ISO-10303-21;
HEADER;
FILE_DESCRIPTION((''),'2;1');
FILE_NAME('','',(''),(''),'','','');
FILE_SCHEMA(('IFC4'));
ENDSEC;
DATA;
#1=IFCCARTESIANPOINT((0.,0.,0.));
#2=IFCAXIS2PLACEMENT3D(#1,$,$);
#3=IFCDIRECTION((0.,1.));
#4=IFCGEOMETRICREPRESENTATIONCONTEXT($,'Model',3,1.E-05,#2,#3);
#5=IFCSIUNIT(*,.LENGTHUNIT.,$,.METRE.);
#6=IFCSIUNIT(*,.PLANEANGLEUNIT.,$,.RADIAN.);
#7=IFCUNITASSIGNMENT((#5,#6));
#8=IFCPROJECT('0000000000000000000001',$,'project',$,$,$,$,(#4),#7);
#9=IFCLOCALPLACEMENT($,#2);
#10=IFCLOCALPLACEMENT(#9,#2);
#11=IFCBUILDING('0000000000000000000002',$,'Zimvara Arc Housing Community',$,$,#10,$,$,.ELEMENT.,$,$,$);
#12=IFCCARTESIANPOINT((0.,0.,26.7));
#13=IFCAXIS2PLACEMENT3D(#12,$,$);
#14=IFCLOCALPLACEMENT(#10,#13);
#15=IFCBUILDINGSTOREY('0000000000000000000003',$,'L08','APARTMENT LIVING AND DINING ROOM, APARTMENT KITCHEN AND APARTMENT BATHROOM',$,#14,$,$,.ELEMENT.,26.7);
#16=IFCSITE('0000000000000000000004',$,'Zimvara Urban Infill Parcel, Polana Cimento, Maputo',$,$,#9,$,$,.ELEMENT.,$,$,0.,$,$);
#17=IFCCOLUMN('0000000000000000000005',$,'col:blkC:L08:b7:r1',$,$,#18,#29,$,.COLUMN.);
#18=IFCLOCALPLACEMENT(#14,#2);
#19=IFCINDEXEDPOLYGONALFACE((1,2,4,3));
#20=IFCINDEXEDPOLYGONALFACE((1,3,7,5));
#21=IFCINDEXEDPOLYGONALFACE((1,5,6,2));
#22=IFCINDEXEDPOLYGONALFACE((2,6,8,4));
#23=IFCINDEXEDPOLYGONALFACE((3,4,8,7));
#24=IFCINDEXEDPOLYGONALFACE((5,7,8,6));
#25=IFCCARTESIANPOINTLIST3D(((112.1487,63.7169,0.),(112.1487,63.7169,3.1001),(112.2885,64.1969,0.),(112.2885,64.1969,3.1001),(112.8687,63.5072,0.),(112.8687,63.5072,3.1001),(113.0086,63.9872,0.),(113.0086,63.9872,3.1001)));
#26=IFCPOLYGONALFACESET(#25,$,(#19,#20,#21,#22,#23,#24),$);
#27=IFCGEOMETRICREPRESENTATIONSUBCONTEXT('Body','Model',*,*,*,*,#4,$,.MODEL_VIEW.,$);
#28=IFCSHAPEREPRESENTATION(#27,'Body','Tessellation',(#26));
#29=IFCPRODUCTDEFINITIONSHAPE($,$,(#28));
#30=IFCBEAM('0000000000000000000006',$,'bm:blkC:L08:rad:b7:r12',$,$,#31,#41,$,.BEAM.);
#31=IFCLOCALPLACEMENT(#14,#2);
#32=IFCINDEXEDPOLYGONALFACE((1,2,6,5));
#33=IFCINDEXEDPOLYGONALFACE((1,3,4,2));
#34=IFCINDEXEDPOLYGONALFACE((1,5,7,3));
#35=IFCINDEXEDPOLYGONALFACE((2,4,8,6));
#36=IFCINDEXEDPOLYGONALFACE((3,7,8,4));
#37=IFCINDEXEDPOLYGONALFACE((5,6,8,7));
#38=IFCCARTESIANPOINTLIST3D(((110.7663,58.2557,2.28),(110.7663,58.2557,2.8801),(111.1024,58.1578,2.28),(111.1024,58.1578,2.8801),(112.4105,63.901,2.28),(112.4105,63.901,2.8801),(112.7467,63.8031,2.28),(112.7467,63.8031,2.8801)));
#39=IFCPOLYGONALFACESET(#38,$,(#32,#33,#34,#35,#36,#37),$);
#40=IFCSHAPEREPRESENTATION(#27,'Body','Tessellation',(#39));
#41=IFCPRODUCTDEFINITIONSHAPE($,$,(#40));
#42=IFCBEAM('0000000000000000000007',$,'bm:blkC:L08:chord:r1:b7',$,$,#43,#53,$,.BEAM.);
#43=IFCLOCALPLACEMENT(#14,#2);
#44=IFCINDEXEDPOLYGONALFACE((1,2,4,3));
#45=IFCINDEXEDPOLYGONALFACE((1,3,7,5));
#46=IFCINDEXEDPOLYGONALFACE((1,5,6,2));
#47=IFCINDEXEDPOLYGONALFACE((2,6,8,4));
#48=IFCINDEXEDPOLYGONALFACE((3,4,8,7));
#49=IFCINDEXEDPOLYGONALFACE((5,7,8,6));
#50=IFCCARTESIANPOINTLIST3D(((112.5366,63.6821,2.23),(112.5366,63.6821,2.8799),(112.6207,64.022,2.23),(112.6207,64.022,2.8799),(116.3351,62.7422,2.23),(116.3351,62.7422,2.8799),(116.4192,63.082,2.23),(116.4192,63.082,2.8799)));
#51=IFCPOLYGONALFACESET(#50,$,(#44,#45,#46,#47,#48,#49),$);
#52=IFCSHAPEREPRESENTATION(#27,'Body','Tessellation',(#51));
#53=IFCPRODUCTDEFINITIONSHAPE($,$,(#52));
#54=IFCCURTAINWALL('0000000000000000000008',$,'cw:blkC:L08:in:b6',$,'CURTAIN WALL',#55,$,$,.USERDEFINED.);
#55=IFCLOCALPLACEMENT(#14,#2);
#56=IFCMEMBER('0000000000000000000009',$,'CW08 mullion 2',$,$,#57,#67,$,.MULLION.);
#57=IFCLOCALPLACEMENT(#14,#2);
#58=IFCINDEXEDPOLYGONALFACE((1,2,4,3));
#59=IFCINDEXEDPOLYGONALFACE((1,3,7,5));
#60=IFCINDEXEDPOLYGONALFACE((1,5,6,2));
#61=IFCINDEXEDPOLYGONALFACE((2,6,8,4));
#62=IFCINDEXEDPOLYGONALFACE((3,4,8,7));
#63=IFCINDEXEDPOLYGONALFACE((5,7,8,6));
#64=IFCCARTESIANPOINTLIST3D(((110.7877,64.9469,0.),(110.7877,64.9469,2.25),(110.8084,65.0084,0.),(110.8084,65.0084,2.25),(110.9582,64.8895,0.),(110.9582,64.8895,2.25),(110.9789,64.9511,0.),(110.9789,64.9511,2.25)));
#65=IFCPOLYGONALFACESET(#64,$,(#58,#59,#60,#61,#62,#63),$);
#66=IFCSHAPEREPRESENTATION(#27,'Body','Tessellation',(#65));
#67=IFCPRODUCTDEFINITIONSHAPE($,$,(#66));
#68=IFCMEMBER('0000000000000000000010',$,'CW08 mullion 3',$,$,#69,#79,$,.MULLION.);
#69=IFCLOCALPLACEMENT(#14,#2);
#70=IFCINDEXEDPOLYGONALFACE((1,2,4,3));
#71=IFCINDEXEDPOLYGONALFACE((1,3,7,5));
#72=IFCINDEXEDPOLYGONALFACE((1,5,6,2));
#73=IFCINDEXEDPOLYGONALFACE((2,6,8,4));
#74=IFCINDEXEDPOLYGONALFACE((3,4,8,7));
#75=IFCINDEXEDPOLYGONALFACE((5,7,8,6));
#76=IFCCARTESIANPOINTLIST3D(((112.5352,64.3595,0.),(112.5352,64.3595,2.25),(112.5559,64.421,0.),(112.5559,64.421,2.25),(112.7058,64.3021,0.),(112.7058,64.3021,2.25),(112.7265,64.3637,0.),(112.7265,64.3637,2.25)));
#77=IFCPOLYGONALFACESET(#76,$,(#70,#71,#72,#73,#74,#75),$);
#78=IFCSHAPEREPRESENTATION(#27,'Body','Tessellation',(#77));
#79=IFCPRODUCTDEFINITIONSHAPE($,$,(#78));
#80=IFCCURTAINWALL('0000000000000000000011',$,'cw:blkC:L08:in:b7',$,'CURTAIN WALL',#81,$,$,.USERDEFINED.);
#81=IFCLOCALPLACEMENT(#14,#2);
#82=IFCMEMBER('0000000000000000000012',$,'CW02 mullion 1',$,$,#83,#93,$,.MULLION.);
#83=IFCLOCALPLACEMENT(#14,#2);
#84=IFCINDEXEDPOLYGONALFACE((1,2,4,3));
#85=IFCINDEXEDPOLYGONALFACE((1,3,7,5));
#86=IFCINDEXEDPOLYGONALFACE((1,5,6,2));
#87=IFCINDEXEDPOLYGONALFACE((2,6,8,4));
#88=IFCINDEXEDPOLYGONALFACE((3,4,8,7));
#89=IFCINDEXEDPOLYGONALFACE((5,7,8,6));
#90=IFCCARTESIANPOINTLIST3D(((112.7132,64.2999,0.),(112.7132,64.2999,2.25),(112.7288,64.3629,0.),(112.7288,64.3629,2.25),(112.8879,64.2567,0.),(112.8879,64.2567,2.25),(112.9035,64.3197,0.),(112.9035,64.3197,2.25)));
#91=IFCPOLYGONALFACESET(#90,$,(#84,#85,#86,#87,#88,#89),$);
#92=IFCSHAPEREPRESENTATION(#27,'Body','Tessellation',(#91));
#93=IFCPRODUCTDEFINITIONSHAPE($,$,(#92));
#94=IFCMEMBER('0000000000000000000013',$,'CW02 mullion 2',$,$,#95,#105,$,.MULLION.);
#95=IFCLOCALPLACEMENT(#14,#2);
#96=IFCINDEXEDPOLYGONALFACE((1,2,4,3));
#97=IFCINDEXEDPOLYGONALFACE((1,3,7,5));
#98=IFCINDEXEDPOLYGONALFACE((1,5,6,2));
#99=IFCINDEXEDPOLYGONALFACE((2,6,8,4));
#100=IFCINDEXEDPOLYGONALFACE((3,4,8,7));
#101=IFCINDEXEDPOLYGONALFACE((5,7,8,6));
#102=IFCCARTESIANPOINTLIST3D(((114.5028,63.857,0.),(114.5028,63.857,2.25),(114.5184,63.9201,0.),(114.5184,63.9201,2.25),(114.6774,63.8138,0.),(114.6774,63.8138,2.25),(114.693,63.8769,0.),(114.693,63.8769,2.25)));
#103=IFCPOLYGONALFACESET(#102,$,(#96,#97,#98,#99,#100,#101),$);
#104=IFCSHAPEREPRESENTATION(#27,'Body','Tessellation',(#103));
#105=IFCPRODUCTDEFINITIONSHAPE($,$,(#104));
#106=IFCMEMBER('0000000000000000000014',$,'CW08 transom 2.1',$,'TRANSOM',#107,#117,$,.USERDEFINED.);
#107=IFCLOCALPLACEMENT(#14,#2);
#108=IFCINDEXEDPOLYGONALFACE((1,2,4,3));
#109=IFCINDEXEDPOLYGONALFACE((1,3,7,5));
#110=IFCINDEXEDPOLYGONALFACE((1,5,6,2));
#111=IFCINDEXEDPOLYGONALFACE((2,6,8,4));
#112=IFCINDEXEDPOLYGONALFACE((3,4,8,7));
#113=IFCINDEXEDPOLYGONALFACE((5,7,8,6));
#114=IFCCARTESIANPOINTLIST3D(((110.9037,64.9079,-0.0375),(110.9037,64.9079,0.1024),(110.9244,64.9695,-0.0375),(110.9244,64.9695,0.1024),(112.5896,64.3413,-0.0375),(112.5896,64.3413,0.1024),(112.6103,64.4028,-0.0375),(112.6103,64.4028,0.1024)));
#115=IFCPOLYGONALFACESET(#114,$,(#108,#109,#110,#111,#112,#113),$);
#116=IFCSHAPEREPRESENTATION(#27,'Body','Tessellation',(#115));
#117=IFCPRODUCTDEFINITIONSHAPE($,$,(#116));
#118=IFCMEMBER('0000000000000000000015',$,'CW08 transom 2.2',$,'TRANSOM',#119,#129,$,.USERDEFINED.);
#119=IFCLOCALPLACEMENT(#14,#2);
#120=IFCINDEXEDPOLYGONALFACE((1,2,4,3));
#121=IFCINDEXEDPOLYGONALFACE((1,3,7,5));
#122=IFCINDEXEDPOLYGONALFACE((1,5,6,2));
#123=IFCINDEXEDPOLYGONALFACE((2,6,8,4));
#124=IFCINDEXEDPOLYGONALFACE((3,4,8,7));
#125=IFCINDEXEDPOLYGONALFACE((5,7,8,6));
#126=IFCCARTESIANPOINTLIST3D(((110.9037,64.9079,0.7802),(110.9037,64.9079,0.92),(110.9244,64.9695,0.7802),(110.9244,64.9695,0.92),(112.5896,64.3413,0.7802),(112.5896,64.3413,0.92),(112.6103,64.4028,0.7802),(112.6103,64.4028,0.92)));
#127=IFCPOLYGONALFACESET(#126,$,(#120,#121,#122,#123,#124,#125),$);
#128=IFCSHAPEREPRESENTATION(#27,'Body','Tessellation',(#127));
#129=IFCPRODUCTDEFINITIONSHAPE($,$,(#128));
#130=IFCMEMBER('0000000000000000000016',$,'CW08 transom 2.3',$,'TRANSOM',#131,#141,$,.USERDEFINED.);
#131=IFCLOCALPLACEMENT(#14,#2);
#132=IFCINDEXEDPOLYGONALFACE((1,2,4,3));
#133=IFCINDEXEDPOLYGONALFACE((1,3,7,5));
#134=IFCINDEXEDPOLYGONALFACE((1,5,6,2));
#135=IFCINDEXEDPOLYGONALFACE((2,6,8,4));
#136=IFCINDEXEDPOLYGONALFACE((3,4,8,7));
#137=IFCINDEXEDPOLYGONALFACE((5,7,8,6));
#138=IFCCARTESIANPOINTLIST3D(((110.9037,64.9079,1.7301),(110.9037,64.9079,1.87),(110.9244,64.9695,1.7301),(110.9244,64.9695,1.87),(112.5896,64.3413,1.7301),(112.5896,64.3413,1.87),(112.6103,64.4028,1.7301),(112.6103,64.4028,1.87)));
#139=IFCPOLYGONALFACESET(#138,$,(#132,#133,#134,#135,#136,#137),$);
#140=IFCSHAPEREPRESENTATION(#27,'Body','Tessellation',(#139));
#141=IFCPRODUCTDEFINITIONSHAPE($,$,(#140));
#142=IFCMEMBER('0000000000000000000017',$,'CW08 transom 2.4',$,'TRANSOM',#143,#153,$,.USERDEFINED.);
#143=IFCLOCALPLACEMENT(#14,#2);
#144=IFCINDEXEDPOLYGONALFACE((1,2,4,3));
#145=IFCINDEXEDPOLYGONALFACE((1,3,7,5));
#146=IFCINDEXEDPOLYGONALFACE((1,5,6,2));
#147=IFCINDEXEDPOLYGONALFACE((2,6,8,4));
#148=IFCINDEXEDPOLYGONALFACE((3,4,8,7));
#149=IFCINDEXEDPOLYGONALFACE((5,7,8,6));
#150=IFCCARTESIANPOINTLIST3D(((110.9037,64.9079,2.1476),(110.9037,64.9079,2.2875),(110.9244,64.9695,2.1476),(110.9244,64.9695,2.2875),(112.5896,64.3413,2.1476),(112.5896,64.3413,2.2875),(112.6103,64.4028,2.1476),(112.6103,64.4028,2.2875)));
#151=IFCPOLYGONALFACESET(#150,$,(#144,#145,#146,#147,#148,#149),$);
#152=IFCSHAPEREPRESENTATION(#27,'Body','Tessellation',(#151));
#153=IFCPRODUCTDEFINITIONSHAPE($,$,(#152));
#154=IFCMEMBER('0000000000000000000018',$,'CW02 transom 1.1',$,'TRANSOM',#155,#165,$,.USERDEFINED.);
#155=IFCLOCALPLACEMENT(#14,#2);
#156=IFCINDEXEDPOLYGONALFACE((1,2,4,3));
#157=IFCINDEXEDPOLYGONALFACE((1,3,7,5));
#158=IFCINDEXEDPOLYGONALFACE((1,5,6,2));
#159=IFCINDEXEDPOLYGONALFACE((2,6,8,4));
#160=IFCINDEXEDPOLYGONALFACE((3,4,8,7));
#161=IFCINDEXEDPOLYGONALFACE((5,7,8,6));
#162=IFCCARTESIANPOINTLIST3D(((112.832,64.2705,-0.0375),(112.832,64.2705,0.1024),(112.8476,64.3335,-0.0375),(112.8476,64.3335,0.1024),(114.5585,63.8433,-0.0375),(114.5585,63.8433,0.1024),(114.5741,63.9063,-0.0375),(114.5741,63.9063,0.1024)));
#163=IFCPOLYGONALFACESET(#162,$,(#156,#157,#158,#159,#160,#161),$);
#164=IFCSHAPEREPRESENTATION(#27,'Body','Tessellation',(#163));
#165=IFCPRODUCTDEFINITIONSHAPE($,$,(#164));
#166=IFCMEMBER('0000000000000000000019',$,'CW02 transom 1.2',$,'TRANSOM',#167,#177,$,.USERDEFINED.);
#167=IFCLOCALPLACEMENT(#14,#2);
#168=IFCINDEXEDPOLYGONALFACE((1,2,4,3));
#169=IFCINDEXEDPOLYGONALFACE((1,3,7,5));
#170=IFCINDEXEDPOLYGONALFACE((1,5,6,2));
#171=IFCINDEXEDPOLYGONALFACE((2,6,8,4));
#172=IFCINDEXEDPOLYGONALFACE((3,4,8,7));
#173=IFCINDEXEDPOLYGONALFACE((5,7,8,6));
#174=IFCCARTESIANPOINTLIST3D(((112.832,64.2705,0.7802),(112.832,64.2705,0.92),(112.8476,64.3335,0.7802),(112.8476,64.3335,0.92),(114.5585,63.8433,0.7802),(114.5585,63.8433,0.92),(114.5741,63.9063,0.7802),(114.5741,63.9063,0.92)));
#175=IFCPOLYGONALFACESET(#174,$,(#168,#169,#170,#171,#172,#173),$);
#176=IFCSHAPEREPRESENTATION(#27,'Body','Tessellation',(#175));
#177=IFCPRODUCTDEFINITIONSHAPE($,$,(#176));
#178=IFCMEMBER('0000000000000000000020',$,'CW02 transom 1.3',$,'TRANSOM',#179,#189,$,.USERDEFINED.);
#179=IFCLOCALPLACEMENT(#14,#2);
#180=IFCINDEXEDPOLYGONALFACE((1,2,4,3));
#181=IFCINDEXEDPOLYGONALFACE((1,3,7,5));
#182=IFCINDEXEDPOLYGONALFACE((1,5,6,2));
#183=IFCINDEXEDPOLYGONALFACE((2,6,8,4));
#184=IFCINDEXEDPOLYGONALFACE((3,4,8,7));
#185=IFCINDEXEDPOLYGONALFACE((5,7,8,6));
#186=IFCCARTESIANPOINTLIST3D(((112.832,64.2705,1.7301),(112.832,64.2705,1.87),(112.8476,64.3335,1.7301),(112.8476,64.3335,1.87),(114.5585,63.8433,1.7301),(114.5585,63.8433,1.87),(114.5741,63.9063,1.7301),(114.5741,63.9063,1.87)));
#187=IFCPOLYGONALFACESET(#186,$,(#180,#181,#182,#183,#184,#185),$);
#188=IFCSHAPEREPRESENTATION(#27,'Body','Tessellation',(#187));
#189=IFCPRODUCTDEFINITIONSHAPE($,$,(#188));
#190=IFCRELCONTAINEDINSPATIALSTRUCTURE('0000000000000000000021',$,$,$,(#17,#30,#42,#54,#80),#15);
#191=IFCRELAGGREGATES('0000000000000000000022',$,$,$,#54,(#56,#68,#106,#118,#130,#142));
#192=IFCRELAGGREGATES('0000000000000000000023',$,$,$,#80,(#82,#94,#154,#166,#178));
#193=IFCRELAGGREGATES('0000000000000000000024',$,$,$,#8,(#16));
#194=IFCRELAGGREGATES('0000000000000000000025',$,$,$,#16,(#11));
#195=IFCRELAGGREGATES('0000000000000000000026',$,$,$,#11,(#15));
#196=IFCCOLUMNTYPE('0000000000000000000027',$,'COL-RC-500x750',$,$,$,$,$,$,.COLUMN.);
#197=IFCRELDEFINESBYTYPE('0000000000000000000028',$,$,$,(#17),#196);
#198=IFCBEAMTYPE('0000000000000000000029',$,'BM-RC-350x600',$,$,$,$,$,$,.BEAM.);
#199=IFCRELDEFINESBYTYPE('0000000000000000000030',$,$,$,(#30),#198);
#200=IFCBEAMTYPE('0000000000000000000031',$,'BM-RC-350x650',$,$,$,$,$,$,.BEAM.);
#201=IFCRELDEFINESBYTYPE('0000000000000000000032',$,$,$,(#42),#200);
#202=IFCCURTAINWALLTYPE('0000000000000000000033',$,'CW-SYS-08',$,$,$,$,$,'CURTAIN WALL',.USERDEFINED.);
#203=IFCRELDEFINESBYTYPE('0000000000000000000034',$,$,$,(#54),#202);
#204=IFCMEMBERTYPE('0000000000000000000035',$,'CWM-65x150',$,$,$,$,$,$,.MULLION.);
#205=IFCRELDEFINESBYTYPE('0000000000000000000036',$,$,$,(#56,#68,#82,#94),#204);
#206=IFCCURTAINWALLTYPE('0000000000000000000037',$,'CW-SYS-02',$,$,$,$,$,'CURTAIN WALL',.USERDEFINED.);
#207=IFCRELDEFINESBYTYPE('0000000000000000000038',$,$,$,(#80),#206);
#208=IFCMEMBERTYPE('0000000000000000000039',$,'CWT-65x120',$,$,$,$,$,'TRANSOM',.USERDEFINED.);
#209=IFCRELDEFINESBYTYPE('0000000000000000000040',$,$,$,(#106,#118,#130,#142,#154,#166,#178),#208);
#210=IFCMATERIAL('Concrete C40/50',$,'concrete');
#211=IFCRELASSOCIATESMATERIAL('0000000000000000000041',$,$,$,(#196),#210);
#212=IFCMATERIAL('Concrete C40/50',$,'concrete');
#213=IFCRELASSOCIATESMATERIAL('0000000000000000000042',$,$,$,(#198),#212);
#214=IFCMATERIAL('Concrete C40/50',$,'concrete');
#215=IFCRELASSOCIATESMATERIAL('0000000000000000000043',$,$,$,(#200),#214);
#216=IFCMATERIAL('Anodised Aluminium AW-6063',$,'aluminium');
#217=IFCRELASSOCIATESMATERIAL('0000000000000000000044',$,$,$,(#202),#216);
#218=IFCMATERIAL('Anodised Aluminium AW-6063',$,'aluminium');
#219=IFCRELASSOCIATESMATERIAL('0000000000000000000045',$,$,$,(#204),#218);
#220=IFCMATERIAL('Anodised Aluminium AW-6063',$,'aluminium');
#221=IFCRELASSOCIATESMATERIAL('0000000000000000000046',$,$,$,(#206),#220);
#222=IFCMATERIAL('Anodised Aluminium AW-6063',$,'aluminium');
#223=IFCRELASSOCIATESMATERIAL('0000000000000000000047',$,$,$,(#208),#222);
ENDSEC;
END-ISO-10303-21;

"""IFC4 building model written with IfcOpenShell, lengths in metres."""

from ifc_helpers import new_model, si_unit, direction, frame, origin, origin_2d, place, context, subcontext, project, spatial, rectangle, extrude, material, material_profile, profile_set, type_object, element, aggregate, save


model = new_model("IFC4")

# Units and contexts
model_context = context("Model", 3, precision=1e-05, world=origin(), true_north=direction((0.0, 1.0)))
body_context = subcontext(model_context, "Body", "Model", "MODEL_VIEW")
ifc_project = project(units=[si_unit("LENGTHUNIT", "METRE"), si_unit("PLANEANGLEUNIT", "RADIAN")], contexts=[model_context])

# Site, building, storey
site_placement = place(None, origin())
site = spatial("IfcSite", under=ifc_project, at=site_placement, Name="Zimvara Urban Infill Parcel, Polana Cimento, Maputo", CompositionType="ELEMENT", RefElevation=0.0)
building_placement = place(site_placement, origin())
building = spatial("IfcBuilding", under=site, at=building_placement, Name="Zimvara Arc Housing Community", CompositionType="ELEMENT")
storey_placement = place(building_placement, frame((0.0, 0.0, 26.7)))
storey = spatial("IfcBuildingStorey", under=building, at=storey_placement, Name="L08", Description="APARTMENT LIVING AND DINING ROOM, APARTMENT KITCHEN AND APARTMENT BATHROOM", CompositionType="ELEMENT", Elevation=26.7)

# Column
ifc_material_1 = material(Name="Concrete C40/50", Category="concrete")
ifc_material_profile_1 = material_profile(ifc_material_1, rectangle(XDim=0.5, YDim=0.75, at=origin_2d()), Name="RC 500x750")
ifc_profile_set_1 = profile_set([ifc_material_profile_1], Name="Concrete C40/50")
column_type = type_object("IfcColumnType", Name="COL-RC-500x750", PredefinedType="COLUMN", material=ifc_profile_set_1)
column_placement = place(storey_placement, frame((112.5786, 63.8521, 0.0), z_axis=(0.0, 0.0, 1.0), x_axis=(-0.279661, -0.960099, 0.0)))
element("IfcColumn", 1, at=column_placement, inside=storey, type_object=column_type, Name="col:blkC:L08:b7:r1", PredefinedType="COLUMN", context=body_context, shape_type="SweptSolid", body=[
    extrude(rectangle(XDim=0.5, YDim=0.75, at=origin_2d()), origin(), (0.0, 0.0, 1.0), 3.1001),
])

# Beams
ifc_material_2 = material(Name="Concrete C40/50", Category="concrete")
ifc_material_profile_2 = material_profile(ifc_material_2, rectangle(XDim=0.3501, YDim=0.6001, at=origin_2d()), Name="RC 350x600")
ifc_profile_set_2 = profile_set([ifc_material_profile_2], Name="Concrete C40/50")
beam_type_1 = type_object("IfcBeamType", Name="BM-RC-350x600", PredefinedType="BEAM", material=ifc_profile_set_2)
beam_1_placement = place(storey_placement, frame((112.5786, 63.8521, 2.5801), z_axis=(-0.279648, -0.960103, 0.0), x_axis=(0.960103, -0.279648, 0.0)))
element("IfcBeam", 2, at=beam_1_placement, inside=storey, type_object=beam_type_1, Name="bm:blkC:L08:rad:b7:r12", PredefinedType="BEAM", context=body_context, shape_type="SweptSolid", body=[
    extrude(rectangle(XDim=0.3501, YDim=0.6001, at=origin_2d()), origin(), (0.0, 0.0, 1.0), 5.8799),
])
ifc_material_3 = material(Name="Concrete C40/50", Category="concrete")
ifc_material_profile_3 = material_profile(ifc_material_3, rectangle(XDim=0.3501, YDim=0.6499, at=origin_2d()), Name="RC 350x650")
ifc_profile_set_3 = profile_set([ifc_material_profile_3], Name="Concrete C40/50")
beam_type_2 = type_object("IfcBeamType", Name="BM-RC-350x650", PredefinedType="BEAM", material=ifc_profile_set_3)
beam_2_placement = place(storey_placement, frame((112.5786, 63.8521, 2.5549), z_axis=(0.970723, -0.240201, 0.0), x_axis=(0.240201, 0.970723, 0.0)))
element("IfcBeam", 3, at=beam_2_placement, inside=storey, type_object=beam_type_2, Name="bm:blkC:L08:chord:r1:b7", PredefinedType="BEAM", context=body_context, shape_type="SweptSolid", body=[
    extrude(rectangle(XDim=0.3501, YDim=0.6499, at=origin_2d()), origin(), (0.0, 0.0, 1.0), 3.9131),
])

# Curtain walls, members
ifc_material_4 = material(Name="Anodised Aluminium AW-6063", Category="aluminium")
curtain_wall_type_1 = type_object("IfcCurtainWallType", Name="CW-SYS-08", ElementType="CURTAIN WALL", PredefinedType="USERDEFINED", material=ifc_material_4)
curtain_wall_1_placement = place(storey_placement, origin())
curtain_wall_1 = element("IfcCurtainWall", 4, at=curtain_wall_1_placement, inside=storey, type_object=curtain_wall_type_1, Name="cw:blkC:L08:in:b6", ObjectType="CURTAIN WALL", PredefinedType="USERDEFINED")
ifc_material_5 = material(Name="Anodised Aluminium AW-6063", Category="aluminium")
ifc_material_profile_4 = material_profile(ifc_material_5, rectangle(XDim=0.0649, YDim=0.1799, at=origin_2d()), Name="ALU 65x180")
ifc_profile_set_4 = profile_set([ifc_material_profile_4], Name="Anodised Aluminium AW-6063")
member_type_1 = type_object("IfcMemberType", Name="CWM-65x150", PredefinedType="MULLION", material=ifc_profile_set_4)
member_1_placement = place(storey_placement, frame((110.8833, 64.949, 0.0), z_axis=(0.0, 0.0, 1.0), x_axis=(0.318627, 0.94788, 0.0)))
member_1 = element("IfcMember", 5, at=member_1_placement, type_object=member_type_1, Name="CW08 mullion 2", PredefinedType="MULLION", context=body_context, shape_type="SweptSolid", body=[
    extrude(rectangle(XDim=0.0649, YDim=0.1799, at=origin_2d()), origin(), (0.0, 0.0, 1.0), 2.25),
])
member_2_placement = place(storey_placement, frame((112.6309, 64.3616, 0.0), z_axis=(0.0, 0.0, 1.0), x_axis=(0.318627, 0.94788, 0.0)))
member_2 = element("IfcMember", 6, at=member_2_placement, type_object=member_type_1, Name="CW08 mullion 3", PredefinedType="MULLION", context=body_context, shape_type="SweptSolid", body=[
    extrude(rectangle(XDim=0.0649, YDim=0.1799, at=origin_2d()), origin(), (0.0, 0.0, 1.0), 2.25),
])
ifc_material_6 = material(Name="Anodised Aluminium AW-6063", Category="aluminium")
curtain_wall_type_2 = type_object("IfcCurtainWallType", Name="CW-SYS-02", ElementType="CURTAIN WALL", PredefinedType="USERDEFINED", material=ifc_material_6)
curtain_wall_2_placement = place(storey_placement, origin())
curtain_wall_2 = element("IfcCurtainWall", 7, at=curtain_wall_2_placement, inside=storey, type_object=curtain_wall_type_2, Name="cw:blkC:L08:in:b7", ObjectType="CURTAIN WALL", PredefinedType="USERDEFINED")
member_3_placement = place(storey_placement, frame((112.8083, 64.3098, 0.0), z_axis=(0.0, 0.0, 1.0), x_axis=(0.240229, 0.970716, 0.0)))
member_3 = element("IfcMember", 8, at=member_3_placement, type_object=member_type_1, Name="CW02 mullion 1", PredefinedType="MULLION", context=body_context, shape_type="SweptSolid", body=[
    extrude(rectangle(XDim=0.0649, YDim=0.1799, at=origin_2d()), origin(), (0.0, 0.0, 1.0), 2.25),
])
member_4_placement = place(storey_placement, frame((114.5979, 63.8669, 0.0), z_axis=(0.0, 0.0, 1.0), x_axis=(0.240229, 0.970716, 0.0)))
member_4 = element("IfcMember", 9, at=member_4_placement, type_object=member_type_1, Name="CW02 mullion 2", PredefinedType="MULLION", context=body_context, shape_type="SweptSolid", body=[
    extrude(rectangle(XDim=0.0649, YDim=0.1799, at=origin_2d()), origin(), (0.0, 0.0, 1.0), 2.25),
])

# Members
ifc_material_7 = material(Name="Anodised Aluminium AW-6063", Category="aluminium")
ifc_material_profile_5 = material_profile(ifc_material_7, rectangle(XDim=0.0649, YDim=0.1399, at=origin_2d()), Name="ALU 65x140")
ifc_profile_set_5 = profile_set([ifc_material_profile_5], Name="Anodised Aluminium AW-6063")
member_type_2 = type_object("IfcMemberType", Name="CWT-65x120", ElementType="TRANSOM", PredefinedType="USERDEFINED", material=ifc_profile_set_5)
member_5_placement = place(storey_placement, frame((110.9141, 64.9387, 0.0325), z_axis=(0.947884, -0.318615, 0.0), x_axis=(0.318615, 0.947884, 0.0)))
member_5 = element("IfcMember", 10, at=member_5_placement, type_object=member_type_2, Name="CW08 transom 2.1", ObjectType="TRANSOM", PredefinedType="USERDEFINED", context=body_context, shape_type="SweptSolid", body=[
    extrude(rectangle(XDim=0.0649, YDim=0.1399, at=origin_2d()), origin(), (0.0, 0.0, 1.0), 1.7786),
])
member_6_placement = place(storey_placement, frame((110.9141, 64.9387, 0.8501), z_axis=(0.947884, -0.318615, 0.0), x_axis=(0.318615, 0.947884, 0.0)))
member_6 = element("IfcMember", 11, at=member_6_placement, type_object=member_type_2, Name="CW08 transom 2.2", ObjectType="TRANSOM", PredefinedType="USERDEFINED", context=body_context, shape_type="SweptSolid", body=[
    extrude(rectangle(XDim=0.0649, YDim=0.1399, at=origin_2d()), origin(), (0.0, 0.0, 1.0), 1.7786),
])
member_7_placement = place(storey_placement, frame((110.9141, 64.9387, 1.8), z_axis=(0.947884, -0.318615, 0.0), x_axis=(0.318615, 0.947884, 0.0)))
member_7 = element("IfcMember", 12, at=member_7_placement, type_object=member_type_2, Name="CW08 transom 2.3", ObjectType="TRANSOM", PredefinedType="USERDEFINED", context=body_context, shape_type="SweptSolid", body=[
    extrude(rectangle(XDim=0.0649, YDim=0.1399, at=origin_2d()), origin(), (0.0, 0.0, 1.0), 1.7786),
])
member_8_placement = place(storey_placement, frame((110.9141, 64.9387, 2.2175), z_axis=(0.947884, -0.318615, 0.0), x_axis=(0.318615, 0.947884, 0.0)))
member_8 = element("IfcMember", 13, at=member_8_placement, type_object=member_type_2, Name="CW08 transom 2.4", ObjectType="TRANSOM", PredefinedType="USERDEFINED", context=body_context, shape_type="SweptSolid", body=[
    extrude(rectangle(XDim=0.0649, YDim=0.1399, at=origin_2d()), origin(), (0.0, 0.0, 1.0), 1.7786),
])
member_9_placement = place(storey_placement, frame((112.8398, 64.302, 0.0325), z_axis=(0.970721, -0.24021, 0.0), x_axis=(0.24021, 0.970721, 0.0)))
member_9 = element("IfcMember", 14, at=member_9_placement, type_object=member_type_2, Name="CW02 transom 1.1", ObjectType="TRANSOM", PredefinedType="USERDEFINED", context=body_context, shape_type="SweptSolid", body=[
    extrude(rectangle(XDim=0.0649, YDim=0.1399, at=origin_2d()), origin(), (0.0, 0.0, 1.0), 1.7786),
])
member_10_placement = place(storey_placement, frame((112.8398, 64.302, 0.8501), z_axis=(0.970721, -0.24021, 0.0), x_axis=(0.24021, 0.970721, 0.0)))
member_10 = element("IfcMember", 15, at=member_10_placement, type_object=member_type_2, Name="CW02 transom 1.2", ObjectType="TRANSOM", PredefinedType="USERDEFINED", context=body_context, shape_type="SweptSolid", body=[
    extrude(rectangle(XDim=0.0649, YDim=0.1399, at=origin_2d()), origin(), (0.0, 0.0, 1.0), 1.7786),
])
member_11_placement = place(storey_placement, frame((112.8398, 64.302, 1.8), z_axis=(0.970721, -0.24021, 0.0), x_axis=(0.24021, 0.970721, 0.0)))
member_11 = element("IfcMember", 16, at=member_11_placement, type_object=member_type_2, Name="CW02 transom 1.3", ObjectType="TRANSOM", PredefinedType="USERDEFINED", context=body_context, shape_type="SweptSolid", body=[
    extrude(rectangle(XDim=0.0649, YDim=0.1399, at=origin_2d()), origin(), (0.0, 0.0, 1.0), 1.7786),
])

aggregate(curtain_wall_1, [member_1, member_2, member_5, member_6, member_7, member_8])
aggregate(curtain_wall_2, [member_3, member_4, member_9, member_10, member_11])

save(model, "model.ifc")
